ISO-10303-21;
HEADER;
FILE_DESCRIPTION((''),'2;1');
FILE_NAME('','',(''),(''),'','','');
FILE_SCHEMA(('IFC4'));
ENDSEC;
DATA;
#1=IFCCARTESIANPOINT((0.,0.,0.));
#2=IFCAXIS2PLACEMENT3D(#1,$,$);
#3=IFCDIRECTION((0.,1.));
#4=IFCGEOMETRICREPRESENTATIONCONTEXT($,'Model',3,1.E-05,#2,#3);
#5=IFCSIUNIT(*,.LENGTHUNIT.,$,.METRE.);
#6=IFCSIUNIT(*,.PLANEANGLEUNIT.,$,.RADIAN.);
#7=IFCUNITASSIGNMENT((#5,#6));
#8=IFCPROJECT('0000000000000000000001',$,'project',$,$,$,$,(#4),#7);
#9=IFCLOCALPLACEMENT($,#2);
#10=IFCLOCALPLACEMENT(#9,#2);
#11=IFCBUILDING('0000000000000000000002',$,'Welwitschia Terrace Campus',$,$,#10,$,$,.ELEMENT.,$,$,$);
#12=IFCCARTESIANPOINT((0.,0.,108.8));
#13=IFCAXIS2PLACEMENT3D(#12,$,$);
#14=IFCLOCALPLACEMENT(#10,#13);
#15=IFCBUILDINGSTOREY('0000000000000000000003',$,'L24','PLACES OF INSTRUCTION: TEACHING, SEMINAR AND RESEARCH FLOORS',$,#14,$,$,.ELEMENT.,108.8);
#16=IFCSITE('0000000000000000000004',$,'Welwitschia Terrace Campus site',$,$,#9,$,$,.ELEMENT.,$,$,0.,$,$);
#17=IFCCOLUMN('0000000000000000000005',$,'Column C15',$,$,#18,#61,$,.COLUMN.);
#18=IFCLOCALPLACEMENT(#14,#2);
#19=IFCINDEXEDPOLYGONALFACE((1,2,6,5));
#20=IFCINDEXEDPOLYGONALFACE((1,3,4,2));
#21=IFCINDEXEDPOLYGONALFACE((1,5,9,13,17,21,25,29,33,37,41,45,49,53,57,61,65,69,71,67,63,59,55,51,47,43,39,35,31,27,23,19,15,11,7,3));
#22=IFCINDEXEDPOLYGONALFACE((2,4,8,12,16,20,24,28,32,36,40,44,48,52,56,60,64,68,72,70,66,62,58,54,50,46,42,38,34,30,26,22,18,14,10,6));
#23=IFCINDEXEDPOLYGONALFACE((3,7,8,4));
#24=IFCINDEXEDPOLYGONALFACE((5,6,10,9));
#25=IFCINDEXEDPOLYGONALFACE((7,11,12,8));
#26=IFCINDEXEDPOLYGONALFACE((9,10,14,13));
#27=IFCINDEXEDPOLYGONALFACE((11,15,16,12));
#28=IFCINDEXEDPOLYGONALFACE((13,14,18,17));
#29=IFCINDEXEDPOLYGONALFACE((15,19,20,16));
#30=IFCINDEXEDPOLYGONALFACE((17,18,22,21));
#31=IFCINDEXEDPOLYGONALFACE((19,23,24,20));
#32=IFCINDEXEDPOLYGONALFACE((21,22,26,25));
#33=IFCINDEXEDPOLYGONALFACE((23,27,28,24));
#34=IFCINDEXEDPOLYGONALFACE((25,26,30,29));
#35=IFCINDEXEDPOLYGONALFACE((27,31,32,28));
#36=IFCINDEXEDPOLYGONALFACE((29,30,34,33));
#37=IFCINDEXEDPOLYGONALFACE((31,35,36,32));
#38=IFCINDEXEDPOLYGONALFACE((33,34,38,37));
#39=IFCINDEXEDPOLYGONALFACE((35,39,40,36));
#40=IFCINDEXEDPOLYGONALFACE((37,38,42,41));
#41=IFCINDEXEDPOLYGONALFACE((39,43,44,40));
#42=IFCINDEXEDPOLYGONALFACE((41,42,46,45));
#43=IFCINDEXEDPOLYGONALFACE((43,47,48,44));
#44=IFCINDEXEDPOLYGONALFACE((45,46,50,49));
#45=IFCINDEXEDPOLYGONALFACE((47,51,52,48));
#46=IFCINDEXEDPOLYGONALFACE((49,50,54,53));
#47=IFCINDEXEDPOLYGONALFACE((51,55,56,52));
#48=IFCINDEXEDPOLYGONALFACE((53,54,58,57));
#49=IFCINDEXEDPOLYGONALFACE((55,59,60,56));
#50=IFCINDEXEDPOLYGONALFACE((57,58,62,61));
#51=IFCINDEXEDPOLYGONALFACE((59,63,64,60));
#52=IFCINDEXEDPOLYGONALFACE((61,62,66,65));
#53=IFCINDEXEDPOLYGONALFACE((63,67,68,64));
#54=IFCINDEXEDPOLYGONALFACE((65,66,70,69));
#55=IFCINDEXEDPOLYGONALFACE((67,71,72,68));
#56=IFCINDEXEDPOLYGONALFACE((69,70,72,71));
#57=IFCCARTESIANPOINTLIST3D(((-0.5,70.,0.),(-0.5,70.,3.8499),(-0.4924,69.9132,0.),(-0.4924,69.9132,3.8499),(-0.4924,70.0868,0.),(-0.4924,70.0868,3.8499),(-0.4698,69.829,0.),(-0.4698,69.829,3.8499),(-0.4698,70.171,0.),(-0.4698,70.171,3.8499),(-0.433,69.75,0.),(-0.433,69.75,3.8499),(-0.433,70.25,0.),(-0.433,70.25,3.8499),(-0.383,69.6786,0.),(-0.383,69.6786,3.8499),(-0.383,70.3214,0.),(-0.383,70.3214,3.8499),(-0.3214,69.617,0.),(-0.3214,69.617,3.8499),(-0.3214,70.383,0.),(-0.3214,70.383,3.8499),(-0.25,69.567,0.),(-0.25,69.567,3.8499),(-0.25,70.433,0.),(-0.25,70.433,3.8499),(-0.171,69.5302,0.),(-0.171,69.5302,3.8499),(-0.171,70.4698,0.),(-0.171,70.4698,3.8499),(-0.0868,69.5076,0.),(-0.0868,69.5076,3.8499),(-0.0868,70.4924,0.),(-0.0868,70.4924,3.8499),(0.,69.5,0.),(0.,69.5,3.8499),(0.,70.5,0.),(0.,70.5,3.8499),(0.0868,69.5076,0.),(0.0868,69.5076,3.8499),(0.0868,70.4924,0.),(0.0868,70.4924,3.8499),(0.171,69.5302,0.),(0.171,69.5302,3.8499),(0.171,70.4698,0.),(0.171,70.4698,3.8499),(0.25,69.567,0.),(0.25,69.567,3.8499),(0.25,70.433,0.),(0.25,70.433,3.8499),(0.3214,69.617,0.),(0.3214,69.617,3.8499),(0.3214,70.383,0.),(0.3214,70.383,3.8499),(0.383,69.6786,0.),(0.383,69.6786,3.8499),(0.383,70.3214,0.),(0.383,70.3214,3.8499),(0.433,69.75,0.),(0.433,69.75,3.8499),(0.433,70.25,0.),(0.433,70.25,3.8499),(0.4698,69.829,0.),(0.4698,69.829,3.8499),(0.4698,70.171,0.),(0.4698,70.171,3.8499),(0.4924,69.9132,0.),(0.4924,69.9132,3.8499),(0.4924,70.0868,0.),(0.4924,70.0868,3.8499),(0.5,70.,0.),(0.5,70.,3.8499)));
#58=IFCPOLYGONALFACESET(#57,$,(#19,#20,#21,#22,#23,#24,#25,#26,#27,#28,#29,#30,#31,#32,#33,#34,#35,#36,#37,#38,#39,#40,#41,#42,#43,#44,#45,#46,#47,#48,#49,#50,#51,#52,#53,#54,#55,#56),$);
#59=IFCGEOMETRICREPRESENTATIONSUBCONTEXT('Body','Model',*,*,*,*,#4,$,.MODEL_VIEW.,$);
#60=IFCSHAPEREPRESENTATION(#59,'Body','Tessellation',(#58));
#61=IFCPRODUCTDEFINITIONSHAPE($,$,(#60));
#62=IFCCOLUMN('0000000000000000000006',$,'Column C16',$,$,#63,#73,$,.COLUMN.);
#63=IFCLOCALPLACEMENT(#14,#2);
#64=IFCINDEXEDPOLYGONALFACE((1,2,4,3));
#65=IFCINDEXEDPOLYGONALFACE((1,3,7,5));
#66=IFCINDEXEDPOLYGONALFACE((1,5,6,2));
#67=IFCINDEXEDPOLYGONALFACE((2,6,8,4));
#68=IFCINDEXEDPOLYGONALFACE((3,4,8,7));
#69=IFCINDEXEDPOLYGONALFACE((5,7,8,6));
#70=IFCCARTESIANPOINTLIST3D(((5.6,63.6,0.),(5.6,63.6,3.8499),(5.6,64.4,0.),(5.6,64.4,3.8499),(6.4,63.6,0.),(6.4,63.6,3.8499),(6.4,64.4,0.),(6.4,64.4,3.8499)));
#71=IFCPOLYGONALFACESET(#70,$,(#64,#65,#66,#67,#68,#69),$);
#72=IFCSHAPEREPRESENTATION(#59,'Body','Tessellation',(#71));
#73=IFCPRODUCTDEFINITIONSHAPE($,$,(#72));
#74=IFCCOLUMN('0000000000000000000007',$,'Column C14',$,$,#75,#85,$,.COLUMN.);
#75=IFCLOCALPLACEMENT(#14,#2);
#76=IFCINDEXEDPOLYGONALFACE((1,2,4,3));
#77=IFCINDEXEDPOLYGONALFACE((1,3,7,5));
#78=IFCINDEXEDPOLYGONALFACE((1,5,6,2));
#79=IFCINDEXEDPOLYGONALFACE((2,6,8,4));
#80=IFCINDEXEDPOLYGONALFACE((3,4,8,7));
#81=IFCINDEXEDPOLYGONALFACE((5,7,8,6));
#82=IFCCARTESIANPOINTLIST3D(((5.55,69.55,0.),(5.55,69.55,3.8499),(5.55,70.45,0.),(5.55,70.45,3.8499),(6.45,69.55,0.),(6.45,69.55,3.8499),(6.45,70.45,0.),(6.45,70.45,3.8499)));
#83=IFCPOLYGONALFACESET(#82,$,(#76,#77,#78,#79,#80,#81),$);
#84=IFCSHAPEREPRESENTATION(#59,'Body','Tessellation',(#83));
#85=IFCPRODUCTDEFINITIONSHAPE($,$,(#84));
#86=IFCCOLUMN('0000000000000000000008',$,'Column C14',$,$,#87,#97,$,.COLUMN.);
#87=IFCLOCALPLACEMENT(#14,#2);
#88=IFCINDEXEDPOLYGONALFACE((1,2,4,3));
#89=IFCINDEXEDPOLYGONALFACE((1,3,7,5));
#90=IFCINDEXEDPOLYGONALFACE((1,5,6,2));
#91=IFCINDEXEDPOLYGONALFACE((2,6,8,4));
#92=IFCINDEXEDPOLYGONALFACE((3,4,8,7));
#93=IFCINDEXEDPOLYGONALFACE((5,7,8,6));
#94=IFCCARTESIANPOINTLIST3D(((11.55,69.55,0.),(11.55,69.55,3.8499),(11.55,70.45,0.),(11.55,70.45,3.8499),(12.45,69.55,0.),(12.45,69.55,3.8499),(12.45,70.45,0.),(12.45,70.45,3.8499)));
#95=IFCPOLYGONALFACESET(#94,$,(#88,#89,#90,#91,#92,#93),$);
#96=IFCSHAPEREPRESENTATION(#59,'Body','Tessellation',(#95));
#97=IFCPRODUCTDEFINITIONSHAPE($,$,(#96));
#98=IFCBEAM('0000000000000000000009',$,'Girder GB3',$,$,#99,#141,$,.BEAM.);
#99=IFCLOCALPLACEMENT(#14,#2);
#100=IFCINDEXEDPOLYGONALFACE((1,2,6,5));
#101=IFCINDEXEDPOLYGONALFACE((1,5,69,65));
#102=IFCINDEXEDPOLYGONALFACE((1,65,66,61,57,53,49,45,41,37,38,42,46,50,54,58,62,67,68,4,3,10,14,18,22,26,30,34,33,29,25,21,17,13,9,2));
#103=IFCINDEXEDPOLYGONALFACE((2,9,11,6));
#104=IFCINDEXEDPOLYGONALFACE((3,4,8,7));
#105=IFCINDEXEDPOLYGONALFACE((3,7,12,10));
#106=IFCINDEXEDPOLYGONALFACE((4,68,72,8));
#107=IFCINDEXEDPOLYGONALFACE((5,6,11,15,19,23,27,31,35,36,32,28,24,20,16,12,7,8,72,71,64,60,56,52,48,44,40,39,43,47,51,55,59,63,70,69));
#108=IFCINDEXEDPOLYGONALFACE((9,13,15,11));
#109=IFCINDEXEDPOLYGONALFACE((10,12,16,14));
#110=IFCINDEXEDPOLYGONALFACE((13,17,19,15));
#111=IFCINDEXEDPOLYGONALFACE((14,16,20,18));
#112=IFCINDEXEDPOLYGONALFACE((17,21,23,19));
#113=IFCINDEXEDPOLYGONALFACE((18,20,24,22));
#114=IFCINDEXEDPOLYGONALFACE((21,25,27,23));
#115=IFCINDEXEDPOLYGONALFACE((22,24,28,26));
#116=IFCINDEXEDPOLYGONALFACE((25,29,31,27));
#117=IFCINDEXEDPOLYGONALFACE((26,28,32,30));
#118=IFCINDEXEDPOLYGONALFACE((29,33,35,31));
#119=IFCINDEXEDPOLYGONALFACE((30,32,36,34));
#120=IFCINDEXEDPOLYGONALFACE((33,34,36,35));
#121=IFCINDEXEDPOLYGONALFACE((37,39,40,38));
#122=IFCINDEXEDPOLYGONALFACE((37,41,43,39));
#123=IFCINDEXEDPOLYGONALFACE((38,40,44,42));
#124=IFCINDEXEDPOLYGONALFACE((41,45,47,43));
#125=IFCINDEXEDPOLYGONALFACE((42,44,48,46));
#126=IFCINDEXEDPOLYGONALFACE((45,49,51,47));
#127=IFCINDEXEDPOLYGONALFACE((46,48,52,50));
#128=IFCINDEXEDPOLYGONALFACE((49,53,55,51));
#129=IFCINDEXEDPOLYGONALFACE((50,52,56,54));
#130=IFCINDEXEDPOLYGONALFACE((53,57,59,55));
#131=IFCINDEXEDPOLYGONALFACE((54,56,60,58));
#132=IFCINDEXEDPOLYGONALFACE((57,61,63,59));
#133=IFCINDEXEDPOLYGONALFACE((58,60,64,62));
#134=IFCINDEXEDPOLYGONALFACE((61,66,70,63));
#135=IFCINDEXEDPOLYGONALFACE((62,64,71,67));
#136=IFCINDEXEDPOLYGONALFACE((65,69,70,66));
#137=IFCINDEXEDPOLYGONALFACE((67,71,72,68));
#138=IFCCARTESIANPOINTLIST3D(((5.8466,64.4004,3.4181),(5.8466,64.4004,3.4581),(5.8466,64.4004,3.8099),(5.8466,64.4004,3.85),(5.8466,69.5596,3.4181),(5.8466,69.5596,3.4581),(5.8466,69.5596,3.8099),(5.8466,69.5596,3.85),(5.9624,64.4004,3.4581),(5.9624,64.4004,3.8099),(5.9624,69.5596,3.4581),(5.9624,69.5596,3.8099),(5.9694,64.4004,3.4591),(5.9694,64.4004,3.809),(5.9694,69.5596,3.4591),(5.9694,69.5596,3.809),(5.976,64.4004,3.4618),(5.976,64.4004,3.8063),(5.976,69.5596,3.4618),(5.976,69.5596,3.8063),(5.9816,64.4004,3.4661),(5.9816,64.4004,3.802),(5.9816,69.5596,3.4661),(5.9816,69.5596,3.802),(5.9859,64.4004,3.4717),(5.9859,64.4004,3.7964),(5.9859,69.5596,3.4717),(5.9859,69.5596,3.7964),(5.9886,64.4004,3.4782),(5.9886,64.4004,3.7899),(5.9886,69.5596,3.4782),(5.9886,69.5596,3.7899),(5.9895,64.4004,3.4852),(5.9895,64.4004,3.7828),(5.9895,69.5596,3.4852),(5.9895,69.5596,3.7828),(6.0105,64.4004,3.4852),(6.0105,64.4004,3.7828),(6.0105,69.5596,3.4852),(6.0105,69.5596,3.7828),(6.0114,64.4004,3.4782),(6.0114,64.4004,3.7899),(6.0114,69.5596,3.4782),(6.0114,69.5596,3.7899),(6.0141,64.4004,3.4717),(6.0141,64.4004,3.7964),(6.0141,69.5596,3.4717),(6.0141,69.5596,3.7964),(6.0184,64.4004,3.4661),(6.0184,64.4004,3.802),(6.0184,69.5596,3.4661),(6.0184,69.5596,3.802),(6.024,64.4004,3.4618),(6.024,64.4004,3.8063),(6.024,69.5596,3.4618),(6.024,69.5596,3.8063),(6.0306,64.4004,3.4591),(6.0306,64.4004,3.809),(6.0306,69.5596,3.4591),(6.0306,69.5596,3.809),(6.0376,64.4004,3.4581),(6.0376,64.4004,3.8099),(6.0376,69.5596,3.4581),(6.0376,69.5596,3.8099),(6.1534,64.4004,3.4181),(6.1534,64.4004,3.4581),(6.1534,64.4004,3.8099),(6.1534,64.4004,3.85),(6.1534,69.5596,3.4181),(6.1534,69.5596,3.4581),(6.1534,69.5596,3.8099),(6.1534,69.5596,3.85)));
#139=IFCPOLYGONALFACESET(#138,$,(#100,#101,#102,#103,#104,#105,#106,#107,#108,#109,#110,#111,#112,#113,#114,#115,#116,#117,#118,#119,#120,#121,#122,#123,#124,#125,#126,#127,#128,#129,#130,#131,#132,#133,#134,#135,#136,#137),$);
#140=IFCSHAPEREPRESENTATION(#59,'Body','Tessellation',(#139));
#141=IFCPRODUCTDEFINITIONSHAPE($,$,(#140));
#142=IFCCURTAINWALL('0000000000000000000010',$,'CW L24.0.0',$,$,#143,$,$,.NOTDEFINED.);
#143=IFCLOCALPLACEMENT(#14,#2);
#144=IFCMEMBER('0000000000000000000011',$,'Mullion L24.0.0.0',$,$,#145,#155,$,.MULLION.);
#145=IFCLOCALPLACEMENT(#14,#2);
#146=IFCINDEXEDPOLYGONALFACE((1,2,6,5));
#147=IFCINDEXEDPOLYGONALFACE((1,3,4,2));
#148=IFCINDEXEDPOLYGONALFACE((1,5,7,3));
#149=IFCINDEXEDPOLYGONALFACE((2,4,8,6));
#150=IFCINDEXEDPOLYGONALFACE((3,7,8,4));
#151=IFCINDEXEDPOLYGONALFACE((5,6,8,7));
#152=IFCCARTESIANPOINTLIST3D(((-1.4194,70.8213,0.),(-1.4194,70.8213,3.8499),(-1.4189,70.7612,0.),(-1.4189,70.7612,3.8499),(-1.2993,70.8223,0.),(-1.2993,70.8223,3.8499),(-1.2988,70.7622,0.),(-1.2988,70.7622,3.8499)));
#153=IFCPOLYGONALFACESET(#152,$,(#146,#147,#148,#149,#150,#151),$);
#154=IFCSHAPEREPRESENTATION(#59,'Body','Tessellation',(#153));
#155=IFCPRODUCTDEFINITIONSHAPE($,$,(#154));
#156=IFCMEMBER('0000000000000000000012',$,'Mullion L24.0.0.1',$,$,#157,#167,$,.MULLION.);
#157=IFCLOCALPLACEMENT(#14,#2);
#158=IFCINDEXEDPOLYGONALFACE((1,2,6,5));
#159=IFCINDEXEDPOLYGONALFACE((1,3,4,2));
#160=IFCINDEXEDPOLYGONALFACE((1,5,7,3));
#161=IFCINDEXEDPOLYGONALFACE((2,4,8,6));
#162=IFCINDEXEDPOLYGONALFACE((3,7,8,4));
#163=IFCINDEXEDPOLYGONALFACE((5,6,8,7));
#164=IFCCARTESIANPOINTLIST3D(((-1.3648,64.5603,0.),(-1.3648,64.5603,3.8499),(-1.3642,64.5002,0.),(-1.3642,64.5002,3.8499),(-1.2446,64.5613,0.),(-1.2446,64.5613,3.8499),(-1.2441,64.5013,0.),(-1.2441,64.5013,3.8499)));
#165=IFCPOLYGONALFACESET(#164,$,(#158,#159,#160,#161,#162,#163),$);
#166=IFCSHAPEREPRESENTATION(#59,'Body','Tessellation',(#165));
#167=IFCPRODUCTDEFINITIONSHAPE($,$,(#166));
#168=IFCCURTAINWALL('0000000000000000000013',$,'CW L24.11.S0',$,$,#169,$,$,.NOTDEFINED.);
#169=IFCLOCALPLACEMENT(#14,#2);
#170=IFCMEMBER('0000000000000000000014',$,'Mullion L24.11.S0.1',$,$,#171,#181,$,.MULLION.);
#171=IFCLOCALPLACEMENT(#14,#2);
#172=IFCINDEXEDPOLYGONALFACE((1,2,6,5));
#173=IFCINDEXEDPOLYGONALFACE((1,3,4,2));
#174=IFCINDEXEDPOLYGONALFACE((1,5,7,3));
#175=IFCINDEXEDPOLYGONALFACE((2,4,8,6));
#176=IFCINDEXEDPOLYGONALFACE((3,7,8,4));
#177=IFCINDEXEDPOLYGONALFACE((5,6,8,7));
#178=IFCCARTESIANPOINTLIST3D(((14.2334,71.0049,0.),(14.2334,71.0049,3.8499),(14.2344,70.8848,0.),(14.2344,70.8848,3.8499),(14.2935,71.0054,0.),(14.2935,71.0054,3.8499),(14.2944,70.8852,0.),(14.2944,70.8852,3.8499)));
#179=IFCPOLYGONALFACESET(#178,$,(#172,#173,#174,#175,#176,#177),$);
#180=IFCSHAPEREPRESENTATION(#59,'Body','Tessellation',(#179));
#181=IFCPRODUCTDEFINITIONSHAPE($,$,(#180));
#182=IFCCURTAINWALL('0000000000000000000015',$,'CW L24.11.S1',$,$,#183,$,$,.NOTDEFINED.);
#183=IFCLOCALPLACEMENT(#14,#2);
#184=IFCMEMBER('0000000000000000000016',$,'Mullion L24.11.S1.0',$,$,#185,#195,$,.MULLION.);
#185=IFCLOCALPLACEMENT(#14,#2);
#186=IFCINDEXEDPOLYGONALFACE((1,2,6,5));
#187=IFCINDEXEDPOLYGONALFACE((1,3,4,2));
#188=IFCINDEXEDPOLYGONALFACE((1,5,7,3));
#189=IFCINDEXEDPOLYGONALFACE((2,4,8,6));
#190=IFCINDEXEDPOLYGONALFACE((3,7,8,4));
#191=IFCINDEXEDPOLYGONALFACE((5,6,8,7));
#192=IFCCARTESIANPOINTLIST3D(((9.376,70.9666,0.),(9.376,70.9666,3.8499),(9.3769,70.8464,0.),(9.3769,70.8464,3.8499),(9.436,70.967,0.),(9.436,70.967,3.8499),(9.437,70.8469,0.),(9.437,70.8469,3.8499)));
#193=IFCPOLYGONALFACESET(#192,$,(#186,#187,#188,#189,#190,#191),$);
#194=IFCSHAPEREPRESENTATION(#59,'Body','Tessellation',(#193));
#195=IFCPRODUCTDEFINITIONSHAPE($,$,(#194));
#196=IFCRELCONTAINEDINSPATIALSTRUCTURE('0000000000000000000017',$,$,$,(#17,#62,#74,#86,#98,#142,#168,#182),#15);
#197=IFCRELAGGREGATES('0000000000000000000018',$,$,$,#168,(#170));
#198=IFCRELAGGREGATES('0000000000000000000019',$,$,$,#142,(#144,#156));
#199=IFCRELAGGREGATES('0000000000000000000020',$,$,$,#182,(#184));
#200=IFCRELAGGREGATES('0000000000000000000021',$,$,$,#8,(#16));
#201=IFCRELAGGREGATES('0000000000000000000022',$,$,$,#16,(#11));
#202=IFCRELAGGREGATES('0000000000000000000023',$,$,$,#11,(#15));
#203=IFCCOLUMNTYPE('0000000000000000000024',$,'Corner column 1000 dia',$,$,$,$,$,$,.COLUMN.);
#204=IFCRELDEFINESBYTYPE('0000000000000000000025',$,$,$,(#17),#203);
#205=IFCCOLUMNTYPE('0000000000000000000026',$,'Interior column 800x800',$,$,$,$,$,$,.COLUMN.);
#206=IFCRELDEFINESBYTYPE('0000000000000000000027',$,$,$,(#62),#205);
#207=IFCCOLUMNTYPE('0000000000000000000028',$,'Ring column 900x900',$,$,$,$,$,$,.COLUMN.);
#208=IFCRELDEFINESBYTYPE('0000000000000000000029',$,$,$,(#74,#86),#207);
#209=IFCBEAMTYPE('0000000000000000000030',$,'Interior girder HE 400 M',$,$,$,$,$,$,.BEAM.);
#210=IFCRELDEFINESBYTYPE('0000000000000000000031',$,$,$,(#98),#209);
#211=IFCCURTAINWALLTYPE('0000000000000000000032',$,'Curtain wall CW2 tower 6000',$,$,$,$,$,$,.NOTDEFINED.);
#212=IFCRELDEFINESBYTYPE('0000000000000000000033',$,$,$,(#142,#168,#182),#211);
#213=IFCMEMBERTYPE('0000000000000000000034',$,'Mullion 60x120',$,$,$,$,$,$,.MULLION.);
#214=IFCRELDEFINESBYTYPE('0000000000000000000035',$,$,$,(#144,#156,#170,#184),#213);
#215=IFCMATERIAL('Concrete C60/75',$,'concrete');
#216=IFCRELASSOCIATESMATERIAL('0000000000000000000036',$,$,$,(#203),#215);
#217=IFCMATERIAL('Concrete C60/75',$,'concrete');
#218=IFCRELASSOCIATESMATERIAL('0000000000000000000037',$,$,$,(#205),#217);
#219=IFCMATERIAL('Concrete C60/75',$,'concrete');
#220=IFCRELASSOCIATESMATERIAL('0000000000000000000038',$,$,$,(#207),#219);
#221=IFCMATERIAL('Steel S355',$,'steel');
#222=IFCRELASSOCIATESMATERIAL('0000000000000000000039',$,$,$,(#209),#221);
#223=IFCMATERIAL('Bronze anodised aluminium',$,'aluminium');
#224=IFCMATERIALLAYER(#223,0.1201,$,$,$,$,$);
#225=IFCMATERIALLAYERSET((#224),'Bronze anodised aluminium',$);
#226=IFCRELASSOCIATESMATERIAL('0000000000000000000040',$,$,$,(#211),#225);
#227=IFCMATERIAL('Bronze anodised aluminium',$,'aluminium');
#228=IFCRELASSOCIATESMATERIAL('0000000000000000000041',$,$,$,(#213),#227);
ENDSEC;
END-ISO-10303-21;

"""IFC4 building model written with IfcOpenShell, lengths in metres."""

from ifc_helpers import new_model, si_unit, direction, frame, origin, origin_2d, place, context, subcontext, project, spatial, rectangle, circle, i_section, extrude, material, layer, layer_set, material_profile, profile_set, type_object, element, aggregate, save


model = new_model("IFC4")

# Units and contexts
model_context = context("Model", 3, precision=1e-05, world=origin(), true_north=direction((0.0, 1.0)))
body_context = subcontext(model_context, "Body", "Model", "MODEL_VIEW")
ifc_project = project(units=[si_unit("LENGTHUNIT", "METRE"), si_unit("PLANEANGLEUNIT", "RADIAN")], contexts=[model_context])

# Site, building, storey
site_placement = place(None, origin())
site = spatial("IfcSite", under=ifc_project, at=site_placement, Name="Welwitschia Terrace Campus site", CompositionType="ELEMENT", RefElevation=0.0)
building_placement = place(site_placement, origin())
building = spatial("IfcBuilding", under=site, at=building_placement, Name="Welwitschia Terrace Campus", CompositionType="ELEMENT")
storey_placement = place(building_placement, frame((0.0, 0.0, 108.8)))
storey = spatial("IfcBuildingStorey", under=building, at=storey_placement, Name="L24", Description="PLACES OF INSTRUCTION: TEACHING, SEMINAR AND RESEARCH FLOORS", CompositionType="ELEMENT", Elevation=108.8)

# Columns
ifc_material_1 = material(Name="Concrete C60/75", Category="concrete")
ifc_material_profile_1 = material_profile(ifc_material_1, circle(Radius=0.5, at=origin_2d()))
ifc_profile_set_1 = profile_set([ifc_material_profile_1], Name="Concrete C60/75")
column_type_1 = type_object("IfcColumnType", Name="Corner column 1000 dia", PredefinedType="COLUMN", material=ifc_profile_set_1)
column_1_placement = place(storey_placement, frame((0.0, 70.0, 0.0), z_axis=(0.0, 0.0, 1.0), x_axis=(1.0, 0.0, 0.0)))
element("IfcColumn", 1, at=column_1_placement, inside=storey, type_object=column_type_1, Name="Column C15", PredefinedType="COLUMN", context=body_context, shape_type="SweptSolid", body=[
    extrude(circle(Radius=0.5, at=origin_2d()), origin(), (0.0, 0.0, 1.0), 3.8499),
])
ifc_material_2 = material(Name="Concrete C60/75", Category="concrete")
ifc_material_profile_2 = material_profile(ifc_material_2, rectangle(XDim=0.8, YDim=0.8, at=origin_2d()))
ifc_profile_set_2 = profile_set([ifc_material_profile_2], Name="Concrete C60/75")
column_type_2 = type_object("IfcColumnType", Name="Interior column 800x800", PredefinedType="COLUMN", material=ifc_profile_set_2)
column_2_placement = place(storey_placement, frame((6.0, 64.0, 0.0), z_axis=(0.0, 0.0, 1.0), x_axis=(1.0, 0.0, 0.0)))
element("IfcColumn", 2, at=column_2_placement, inside=storey, type_object=column_type_2, Name="Column C16", PredefinedType="COLUMN", context=body_context, shape_type="SweptSolid", body=[
    extrude(rectangle(XDim=0.8, YDim=0.8, at=origin_2d()), origin(), (0.0, 0.0, 1.0), 3.8499),
])
ifc_material_3 = material(Name="Concrete C60/75", Category="concrete")
ifc_material_profile_3 = material_profile(ifc_material_3, rectangle(XDim=0.8999, YDim=0.8999, at=origin_2d()))
ifc_profile_set_3 = profile_set([ifc_material_profile_3], Name="Concrete C60/75")
column_type_3 = type_object("IfcColumnType", Name="Ring column 900x900", PredefinedType="COLUMN", material=ifc_profile_set_3)
for number, where, z_axis, x_axis, name in (
    (3, (6.0, 70.0, 0.0), (0.0, 0.0, 1.0), (1.0, 0.0, 0.0), "Column C14"),
    (4, (12.0, 70.0, 0.0), (0.0, 0.0, 1.0), (1.0, 0.0, 0.0), "Column C14"),
):
    element("IfcColumn", number, at=place(storey_placement, frame(where, z_axis=z_axis, x_axis=x_axis)), inside=storey, type_object=column_type_3, Name=name, PredefinedType="COLUMN", context=body_context, shape_type="SweptSolid", body=[
        extrude(rectangle(XDim=0.8999, YDim=0.8999, at=origin_2d()), origin(), (0.0, 0.0, 1.0), 3.8499),
    ])

# Beam
ifc_material_4 = material(Name="Steel S355", Category="steel")
ifc_material_profile_4 = material_profile(ifc_material_4, i_section(OverallWidth=0.3069, OverallDepth=0.4319, WebThickness=0.021, FlangeThickness=0.04, FilletRadius=0.0271, at=origin_2d()))
ifc_profile_set_4 = profile_set([ifc_material_profile_4], Name="Steel S355")
beam_type_1 = type_object("IfcBeamType", Name="Interior girder HE 400 M", PredefinedType="BEAM", material=ifc_profile_set_4)
beam_1_placement = place(storey_placement, frame((6.0, 64.4004, 3.634), z_axis=(0.0, 1.0, 0.0), x_axis=(-1.0, 0.0, 0.0)))
element("IfcBeam", 5, at=beam_1_placement, inside=storey, type_object=beam_type_1, Name="Girder GB3", PredefinedType="BEAM", context=body_context, shape_type="SweptSolid", body=[
    extrude(i_section(OverallWidth=0.3069, OverallDepth=0.4319, WebThickness=0.021, FlangeThickness=0.04, FilletRadius=0.0271, at=origin_2d()), origin(), (0.0, 0.0, 1.0), 5.1592),
])

# Curtain wall, members
ifc_material_5 = material(Name="Bronze anodised aluminium", Category="aluminium")
ifc_layer_1 = layer(ifc_material_5, 0.1201)
ifc_layer_set_1 = layer_set([ifc_layer_1], Name="Bronze anodised aluminium")
curtain_wall_type = type_object("IfcCurtainWallType", Name="Curtain wall CW2 tower 6000", PredefinedType="NOTDEFINED", material=ifc_layer_set_1)
curtain_wall_1_placement = place(storey_placement, origin())
curtain_wall_1 = element("IfcCurtainWall", 6, at=curtain_wall_1_placement, inside=storey, type_object=curtain_wall_type, Name="CW L24.0.0", PredefinedType="NOTDEFINED")
ifc_material_6 = material(Name="Bronze anodised aluminium", Category="aluminium")
ifc_material_profile_5 = material_profile(ifc_material_6, rectangle(XDim=0.1201, YDim=0.0601, at=origin_2d()))
ifc_profile_set_5 = profile_set([ifc_material_profile_5], Name="Bronze anodised aluminium")
member_type_1 = type_object("IfcMemberType", Name="Mullion 60x120", PredefinedType="MULLION", material=ifc_profile_set_5)
member_1_placement = place(storey_placement, frame((-1.3591, 70.7917, 0.0), z_axis=(0.0, 0.0, 1.0), x_axis=(0.999962, 0.008727, 0.0)))
member_1 = element("IfcMember", 7, at=member_1_placement, type_object=member_type_1, Name="Mullion L24.0.0.0", PredefinedType="MULLION", context=body_context, shape_type="SweptSolid", body=[
    extrude(rectangle(XDim=0.1201, YDim=0.0601, at=origin_2d()), origin(), (0.0, 0.0, 1.0), 3.8499),
])
member_2_placement = place(storey_placement, frame((-1.3044, 64.5308, 0.0), z_axis=(0.0, 0.0, 1.0), x_axis=(0.999962, 0.008727, 0.0)))
member_2 = element("IfcMember", 8, at=member_2_placement, type_object=member_type_1, Name="Mullion L24.0.0.1", PredefinedType="MULLION", context=body_context, shape_type="SweptSolid", body=[
    extrude(rectangle(XDim=0.1201, YDim=0.0601, at=origin_2d()), origin(), (0.0, 0.0, 1.0), 3.8499),
])

# Curtain wall, member
curtain_wall_2_placement = place(storey_placement, origin())
curtain_wall_2 = element("IfcCurtainWall", 9, at=curtain_wall_2_placement, inside=storey, type_object=curtain_wall_type, Name="CW L24.11.S0", PredefinedType="NOTDEFINED")
member_3_placement = place(storey_placement, frame((14.2639, 70.9451, 0.0), z_axis=(0.0, 0.0, 1.0), x_axis=(0.007903, -0.999969, 0.0)))
member_3 = element("IfcMember", 10, at=member_3_placement, type_object=member_type_1, Name="Mullion L24.11.S0.1", PredefinedType="MULLION", context=body_context, shape_type="SweptSolid", body=[
    extrude(rectangle(XDim=0.1201, YDim=0.0601, at=origin_2d()), origin(), (0.0, 0.0, 1.0), 3.8499),
])
aggregate(curtain_wall_2, [member_3])

# Curtain wall, member
curtain_wall_3_placement = place(storey_placement, origin())
curtain_wall_3 = element("IfcCurtainWall", 11, at=curtain_wall_3_placement, inside=storey, type_object=curtain_wall_type, Name="CW L24.11.S1", PredefinedType="NOTDEFINED")
member_4_placement = place(storey_placement, frame((9.4065, 70.9067, 0.0), z_axis=(0.0, 0.0, 1.0), x_axis=(0.007903, -0.999969, 0.0)))
member_4 = element("IfcMember", 12, at=member_4_placement, type_object=member_type_1, Name="Mullion L24.11.S1.0", PredefinedType="MULLION", context=body_context, shape_type="SweptSolid", body=[
    extrude(rectangle(XDim=0.1201, YDim=0.0601, at=origin_2d()), origin(), (0.0, 0.0, 1.0), 3.8499),
])

aggregate(curtain_wall_1, [member_1, member_2])
aggregate(curtain_wall_3, [member_4])

save(model, "model.ifc")
